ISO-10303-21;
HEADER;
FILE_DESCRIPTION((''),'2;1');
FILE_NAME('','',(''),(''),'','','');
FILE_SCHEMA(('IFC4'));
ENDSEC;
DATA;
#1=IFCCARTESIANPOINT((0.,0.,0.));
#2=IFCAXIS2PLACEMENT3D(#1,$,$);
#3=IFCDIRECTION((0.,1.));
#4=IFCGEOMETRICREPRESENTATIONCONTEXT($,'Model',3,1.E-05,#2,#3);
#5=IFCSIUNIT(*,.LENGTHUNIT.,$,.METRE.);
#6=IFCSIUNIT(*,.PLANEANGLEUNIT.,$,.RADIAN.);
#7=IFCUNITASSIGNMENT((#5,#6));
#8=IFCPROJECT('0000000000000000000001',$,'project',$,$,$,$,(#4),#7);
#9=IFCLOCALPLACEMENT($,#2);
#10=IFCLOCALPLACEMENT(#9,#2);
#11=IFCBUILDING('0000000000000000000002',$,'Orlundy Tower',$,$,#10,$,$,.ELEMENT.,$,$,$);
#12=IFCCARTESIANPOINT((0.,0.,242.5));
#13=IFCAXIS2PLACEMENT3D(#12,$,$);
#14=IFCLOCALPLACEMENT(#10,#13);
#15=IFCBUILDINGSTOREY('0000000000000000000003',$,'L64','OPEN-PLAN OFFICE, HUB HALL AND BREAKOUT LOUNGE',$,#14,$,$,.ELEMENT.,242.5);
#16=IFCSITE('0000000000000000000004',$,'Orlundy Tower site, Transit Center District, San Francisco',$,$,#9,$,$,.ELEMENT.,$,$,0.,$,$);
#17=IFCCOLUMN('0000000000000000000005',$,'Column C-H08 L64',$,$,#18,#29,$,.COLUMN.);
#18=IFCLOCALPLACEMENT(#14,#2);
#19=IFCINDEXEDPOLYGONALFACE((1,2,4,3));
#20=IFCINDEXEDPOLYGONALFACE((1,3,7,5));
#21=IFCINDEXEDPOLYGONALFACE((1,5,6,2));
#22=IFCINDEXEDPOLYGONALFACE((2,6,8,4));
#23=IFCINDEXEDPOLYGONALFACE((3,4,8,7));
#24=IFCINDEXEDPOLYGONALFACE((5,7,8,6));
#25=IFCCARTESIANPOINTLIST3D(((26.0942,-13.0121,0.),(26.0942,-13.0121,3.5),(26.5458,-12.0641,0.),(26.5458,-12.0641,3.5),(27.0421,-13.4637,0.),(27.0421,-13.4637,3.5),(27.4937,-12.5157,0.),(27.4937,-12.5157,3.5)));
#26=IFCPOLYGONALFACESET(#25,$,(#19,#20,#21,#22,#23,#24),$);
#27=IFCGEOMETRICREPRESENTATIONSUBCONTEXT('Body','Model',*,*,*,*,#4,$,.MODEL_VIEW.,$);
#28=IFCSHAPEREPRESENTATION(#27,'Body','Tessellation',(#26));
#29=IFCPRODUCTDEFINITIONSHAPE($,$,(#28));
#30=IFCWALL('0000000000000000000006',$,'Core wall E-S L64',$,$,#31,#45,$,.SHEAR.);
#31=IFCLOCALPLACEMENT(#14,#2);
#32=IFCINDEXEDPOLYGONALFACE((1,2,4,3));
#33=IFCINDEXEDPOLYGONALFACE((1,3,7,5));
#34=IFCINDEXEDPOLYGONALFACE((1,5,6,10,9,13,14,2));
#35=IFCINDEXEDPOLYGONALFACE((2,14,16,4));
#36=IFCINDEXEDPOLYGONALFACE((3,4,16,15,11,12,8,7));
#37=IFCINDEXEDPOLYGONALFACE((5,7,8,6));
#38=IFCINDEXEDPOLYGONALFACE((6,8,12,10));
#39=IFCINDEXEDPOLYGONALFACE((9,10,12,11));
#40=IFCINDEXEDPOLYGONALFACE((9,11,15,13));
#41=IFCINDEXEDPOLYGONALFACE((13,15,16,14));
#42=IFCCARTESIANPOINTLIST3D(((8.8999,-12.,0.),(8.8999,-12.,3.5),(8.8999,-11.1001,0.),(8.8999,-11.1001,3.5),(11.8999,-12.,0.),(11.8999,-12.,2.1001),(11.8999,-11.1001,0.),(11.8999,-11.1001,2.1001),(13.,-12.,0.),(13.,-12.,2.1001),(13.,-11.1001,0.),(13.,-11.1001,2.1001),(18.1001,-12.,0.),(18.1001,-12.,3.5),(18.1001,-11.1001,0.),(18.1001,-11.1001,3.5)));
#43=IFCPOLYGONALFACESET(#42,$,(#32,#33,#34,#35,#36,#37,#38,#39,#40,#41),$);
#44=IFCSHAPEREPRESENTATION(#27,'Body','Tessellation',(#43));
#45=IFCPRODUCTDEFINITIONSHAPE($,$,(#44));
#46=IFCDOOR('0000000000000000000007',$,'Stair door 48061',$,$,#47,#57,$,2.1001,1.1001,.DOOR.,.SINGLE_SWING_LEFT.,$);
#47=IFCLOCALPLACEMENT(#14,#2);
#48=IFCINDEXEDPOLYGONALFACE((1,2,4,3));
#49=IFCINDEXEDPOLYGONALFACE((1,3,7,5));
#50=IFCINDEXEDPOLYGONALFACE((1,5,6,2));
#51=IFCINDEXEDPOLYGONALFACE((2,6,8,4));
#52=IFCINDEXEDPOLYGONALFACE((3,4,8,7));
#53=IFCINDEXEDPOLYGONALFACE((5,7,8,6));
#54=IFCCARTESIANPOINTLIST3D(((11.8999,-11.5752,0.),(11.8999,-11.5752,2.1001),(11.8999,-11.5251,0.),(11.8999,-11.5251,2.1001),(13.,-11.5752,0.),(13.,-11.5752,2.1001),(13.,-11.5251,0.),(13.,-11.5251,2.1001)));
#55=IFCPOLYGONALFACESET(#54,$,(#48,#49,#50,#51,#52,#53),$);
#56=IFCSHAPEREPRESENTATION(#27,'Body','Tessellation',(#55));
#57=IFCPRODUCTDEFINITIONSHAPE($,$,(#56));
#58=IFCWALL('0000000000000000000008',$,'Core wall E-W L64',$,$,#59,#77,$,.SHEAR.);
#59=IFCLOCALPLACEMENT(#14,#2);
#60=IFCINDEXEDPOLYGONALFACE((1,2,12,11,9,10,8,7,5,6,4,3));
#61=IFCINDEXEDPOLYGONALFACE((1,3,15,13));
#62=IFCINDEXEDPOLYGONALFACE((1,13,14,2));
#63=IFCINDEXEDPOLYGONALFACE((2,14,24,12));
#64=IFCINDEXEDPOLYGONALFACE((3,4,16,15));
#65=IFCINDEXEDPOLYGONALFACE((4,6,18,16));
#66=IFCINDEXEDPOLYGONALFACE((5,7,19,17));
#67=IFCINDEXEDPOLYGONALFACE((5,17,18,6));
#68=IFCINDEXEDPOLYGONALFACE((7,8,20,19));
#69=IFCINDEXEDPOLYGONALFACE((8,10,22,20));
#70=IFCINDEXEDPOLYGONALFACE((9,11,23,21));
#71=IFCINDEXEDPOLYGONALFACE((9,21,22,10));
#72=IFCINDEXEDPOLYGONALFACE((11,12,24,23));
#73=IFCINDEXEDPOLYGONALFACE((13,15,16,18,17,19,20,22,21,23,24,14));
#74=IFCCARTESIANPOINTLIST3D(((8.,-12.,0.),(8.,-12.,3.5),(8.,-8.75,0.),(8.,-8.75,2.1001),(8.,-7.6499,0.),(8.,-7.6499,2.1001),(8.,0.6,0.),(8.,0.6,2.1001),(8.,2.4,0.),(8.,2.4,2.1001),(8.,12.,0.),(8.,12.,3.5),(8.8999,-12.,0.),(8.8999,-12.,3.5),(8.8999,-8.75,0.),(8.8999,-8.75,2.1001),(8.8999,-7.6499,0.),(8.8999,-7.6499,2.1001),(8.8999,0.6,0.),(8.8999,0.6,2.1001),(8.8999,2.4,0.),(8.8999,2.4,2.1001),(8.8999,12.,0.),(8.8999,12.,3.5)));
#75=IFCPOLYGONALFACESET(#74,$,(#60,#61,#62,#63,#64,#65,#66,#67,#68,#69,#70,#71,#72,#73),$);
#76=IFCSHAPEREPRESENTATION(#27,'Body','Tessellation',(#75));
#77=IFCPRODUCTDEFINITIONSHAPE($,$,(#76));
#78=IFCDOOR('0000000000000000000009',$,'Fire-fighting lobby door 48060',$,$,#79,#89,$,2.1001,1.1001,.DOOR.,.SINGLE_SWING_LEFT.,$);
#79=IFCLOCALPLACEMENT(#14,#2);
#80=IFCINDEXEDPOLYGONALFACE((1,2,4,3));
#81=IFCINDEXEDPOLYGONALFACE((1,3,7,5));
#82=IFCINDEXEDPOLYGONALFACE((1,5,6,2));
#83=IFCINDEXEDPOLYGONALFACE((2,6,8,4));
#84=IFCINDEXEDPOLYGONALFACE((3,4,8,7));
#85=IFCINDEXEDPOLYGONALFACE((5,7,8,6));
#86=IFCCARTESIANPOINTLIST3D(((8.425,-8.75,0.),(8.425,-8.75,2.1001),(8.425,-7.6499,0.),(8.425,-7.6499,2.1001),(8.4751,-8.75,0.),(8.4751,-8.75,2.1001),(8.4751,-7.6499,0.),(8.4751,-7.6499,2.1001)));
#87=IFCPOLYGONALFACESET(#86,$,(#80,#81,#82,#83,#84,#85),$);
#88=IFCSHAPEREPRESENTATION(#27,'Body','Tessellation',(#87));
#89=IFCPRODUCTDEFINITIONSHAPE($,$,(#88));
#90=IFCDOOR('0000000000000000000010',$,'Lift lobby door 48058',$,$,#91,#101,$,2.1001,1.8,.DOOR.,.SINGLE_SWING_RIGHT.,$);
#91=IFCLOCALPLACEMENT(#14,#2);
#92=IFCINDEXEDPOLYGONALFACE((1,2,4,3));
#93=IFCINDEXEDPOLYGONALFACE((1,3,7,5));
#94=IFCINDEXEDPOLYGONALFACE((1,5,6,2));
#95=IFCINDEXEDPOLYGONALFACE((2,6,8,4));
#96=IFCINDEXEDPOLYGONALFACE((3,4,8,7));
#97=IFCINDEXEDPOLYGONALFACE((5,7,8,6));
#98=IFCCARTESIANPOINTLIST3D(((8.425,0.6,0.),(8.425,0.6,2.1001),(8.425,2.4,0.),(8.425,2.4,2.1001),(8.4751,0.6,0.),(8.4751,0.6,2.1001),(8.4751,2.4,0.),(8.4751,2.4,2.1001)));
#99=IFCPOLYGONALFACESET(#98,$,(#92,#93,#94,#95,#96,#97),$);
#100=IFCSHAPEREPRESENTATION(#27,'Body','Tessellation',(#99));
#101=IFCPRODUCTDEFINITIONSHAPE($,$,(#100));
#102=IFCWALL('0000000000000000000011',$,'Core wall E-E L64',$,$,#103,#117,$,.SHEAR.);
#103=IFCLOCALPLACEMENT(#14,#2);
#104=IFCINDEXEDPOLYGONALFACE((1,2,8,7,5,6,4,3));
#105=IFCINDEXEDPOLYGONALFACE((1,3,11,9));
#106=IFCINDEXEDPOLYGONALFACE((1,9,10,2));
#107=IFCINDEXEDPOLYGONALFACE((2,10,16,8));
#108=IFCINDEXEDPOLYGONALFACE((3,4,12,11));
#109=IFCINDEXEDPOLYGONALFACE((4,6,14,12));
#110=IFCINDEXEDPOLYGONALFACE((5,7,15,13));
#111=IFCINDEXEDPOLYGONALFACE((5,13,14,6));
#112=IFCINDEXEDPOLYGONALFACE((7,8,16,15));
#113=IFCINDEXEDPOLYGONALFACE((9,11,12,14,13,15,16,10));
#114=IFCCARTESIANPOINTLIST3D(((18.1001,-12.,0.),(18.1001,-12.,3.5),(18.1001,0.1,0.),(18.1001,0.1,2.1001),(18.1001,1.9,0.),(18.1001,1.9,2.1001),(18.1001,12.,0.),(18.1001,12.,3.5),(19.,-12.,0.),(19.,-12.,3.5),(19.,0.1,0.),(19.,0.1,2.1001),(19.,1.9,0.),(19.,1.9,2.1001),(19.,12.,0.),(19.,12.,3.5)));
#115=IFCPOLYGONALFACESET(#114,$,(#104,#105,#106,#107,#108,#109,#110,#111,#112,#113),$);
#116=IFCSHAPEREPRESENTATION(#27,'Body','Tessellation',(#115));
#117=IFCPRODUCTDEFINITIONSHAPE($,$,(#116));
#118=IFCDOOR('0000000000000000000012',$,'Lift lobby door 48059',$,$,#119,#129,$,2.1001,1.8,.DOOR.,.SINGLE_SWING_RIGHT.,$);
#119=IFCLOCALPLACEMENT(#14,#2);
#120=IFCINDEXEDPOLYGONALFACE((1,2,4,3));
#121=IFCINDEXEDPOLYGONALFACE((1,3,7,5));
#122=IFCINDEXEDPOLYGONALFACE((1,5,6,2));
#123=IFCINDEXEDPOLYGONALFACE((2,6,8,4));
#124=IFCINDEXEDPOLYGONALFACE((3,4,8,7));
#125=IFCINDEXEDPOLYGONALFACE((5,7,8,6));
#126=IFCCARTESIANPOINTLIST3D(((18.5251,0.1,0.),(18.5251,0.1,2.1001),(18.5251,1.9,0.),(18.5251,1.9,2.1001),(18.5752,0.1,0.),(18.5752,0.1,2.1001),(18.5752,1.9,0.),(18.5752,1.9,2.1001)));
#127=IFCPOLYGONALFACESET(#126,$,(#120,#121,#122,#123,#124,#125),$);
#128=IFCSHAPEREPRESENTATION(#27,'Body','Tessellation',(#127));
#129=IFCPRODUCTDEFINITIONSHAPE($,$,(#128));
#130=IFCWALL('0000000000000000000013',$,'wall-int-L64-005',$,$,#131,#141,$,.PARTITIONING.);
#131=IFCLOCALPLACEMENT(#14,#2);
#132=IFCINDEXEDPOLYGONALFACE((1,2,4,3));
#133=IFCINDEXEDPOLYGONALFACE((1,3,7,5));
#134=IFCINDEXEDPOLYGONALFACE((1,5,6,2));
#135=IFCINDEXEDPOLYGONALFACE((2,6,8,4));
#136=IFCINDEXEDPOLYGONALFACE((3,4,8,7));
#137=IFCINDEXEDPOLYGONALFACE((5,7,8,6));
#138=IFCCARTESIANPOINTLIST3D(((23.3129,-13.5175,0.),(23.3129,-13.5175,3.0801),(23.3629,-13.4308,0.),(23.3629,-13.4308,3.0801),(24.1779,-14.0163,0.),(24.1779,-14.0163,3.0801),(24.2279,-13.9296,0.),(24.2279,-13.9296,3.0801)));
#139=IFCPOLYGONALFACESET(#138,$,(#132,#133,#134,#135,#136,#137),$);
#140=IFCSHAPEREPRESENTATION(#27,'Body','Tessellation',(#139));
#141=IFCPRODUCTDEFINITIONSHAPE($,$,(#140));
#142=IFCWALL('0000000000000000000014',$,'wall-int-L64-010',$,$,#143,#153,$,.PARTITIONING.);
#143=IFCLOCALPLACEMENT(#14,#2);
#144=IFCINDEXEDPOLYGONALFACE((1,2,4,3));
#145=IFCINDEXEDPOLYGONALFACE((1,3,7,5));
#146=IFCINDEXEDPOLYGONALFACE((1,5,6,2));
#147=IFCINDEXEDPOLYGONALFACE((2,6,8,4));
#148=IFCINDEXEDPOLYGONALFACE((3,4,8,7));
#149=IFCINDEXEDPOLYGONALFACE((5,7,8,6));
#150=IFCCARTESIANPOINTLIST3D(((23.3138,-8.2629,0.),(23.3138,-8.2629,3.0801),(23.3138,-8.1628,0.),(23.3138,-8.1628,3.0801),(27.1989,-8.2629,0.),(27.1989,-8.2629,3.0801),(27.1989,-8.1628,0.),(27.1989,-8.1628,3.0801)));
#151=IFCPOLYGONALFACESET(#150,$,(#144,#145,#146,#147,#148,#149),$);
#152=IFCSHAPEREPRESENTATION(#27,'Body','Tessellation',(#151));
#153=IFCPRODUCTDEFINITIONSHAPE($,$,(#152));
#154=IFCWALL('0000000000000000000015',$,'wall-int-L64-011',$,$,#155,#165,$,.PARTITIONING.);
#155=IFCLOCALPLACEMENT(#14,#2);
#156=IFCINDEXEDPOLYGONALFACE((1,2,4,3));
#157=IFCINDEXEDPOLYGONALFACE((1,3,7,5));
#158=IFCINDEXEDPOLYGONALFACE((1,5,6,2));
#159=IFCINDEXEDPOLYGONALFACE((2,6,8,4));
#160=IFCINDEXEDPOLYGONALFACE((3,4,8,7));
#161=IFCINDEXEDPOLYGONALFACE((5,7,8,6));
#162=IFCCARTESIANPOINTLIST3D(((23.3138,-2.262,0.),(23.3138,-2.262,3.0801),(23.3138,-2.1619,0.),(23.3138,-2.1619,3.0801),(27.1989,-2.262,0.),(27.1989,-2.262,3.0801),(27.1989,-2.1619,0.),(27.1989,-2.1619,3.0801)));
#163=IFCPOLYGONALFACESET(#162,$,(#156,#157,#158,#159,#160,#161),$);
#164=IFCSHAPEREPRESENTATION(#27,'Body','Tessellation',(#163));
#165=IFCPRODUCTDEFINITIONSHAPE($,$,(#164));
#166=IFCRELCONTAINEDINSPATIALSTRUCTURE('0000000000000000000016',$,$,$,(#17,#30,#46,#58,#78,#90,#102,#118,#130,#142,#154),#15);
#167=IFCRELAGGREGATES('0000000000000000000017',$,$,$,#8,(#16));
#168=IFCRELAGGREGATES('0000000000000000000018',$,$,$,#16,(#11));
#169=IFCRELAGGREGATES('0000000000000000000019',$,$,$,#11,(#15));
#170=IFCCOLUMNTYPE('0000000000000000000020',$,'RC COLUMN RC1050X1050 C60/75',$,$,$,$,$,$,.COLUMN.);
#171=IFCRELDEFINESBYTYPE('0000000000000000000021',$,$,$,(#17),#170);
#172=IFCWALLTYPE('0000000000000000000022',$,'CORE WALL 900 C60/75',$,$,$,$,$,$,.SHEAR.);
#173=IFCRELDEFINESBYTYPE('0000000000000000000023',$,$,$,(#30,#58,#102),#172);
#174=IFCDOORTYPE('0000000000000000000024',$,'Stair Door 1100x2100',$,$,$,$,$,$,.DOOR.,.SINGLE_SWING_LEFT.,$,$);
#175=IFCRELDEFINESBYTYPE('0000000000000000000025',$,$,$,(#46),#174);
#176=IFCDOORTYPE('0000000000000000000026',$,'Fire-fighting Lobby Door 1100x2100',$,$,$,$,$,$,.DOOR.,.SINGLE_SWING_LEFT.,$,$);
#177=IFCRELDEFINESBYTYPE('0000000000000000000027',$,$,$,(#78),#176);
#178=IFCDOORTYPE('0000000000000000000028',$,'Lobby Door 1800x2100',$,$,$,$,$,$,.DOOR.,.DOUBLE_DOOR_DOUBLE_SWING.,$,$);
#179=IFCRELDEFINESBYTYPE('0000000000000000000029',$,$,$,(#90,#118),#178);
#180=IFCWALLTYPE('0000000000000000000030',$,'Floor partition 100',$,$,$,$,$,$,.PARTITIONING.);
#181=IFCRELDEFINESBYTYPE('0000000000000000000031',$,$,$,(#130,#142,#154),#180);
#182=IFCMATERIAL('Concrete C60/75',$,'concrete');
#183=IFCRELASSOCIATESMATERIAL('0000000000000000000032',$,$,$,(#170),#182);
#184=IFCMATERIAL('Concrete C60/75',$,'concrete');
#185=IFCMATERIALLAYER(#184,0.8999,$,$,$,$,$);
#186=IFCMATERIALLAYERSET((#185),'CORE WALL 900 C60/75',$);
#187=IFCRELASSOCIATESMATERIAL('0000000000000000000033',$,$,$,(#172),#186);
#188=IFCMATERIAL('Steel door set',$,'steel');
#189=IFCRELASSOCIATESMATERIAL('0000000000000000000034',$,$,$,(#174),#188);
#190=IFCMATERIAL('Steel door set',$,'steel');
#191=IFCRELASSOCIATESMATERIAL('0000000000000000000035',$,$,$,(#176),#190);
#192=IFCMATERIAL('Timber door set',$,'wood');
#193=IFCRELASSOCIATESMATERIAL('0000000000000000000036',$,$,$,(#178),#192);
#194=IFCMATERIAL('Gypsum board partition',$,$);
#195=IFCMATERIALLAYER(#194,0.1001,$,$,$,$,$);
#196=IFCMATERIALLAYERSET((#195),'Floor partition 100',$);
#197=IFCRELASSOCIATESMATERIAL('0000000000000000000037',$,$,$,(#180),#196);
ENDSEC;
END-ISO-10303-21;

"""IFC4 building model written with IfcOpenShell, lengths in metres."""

from ifc_helpers import new_model, si_unit, direction, frame, frame_2d, origin, origin_2d, place, context, subcontext, project, spatial, rectangle, extrude, material, layer, layer_set, material_profile, profile_set, type_object, element, fill, save


model = new_model("IFC4")

# Units and contexts
model_context = context("Model", 3, precision=1e-05, world=origin(), true_north=direction((0.0, 1.0)))
body_context = subcontext(model_context, "Body", "Model", "MODEL_VIEW")
ifc_project = project(units=[si_unit("LENGTHUNIT", "METRE"), si_unit("PLANEANGLEUNIT", "RADIAN")], contexts=[model_context])

# Site, building, storey
site_placement = place(None, origin())
site = spatial("IfcSite", under=ifc_project, at=site_placement, Name="Orlundy Tower site, Transit Center District, San Francisco", CompositionType="ELEMENT", RefElevation=0.0)
building_placement = place(site_placement, origin())
building = spatial("IfcBuilding", under=site, at=building_placement, Name="Orlundy Tower", CompositionType="ELEMENT")
storey_placement = place(building_placement, frame((0.0, 0.0, 242.5)))
storey = spatial("IfcBuildingStorey", under=building, at=storey_placement, Name="L64", Description="OPEN-PLAN OFFICE, HUB HALL AND BREAKOUT LOUNGE", CompositionType="ELEMENT", Elevation=242.5)

# Column
ifc_material_1 = material(Name="Concrete C60/75", Category="concrete")
ifc_material_profile = material_profile(ifc_material_1, rectangle(XDim=1.05, YDim=1.05, at=origin_2d()), Name="RC1050X1050")
ifc_profile_set = profile_set([ifc_material_profile], Name="Concrete C60/75")
column_type = type_object("IfcColumnType", Name="RC COLUMN RC1050X1050 C60/75", PredefinedType="COLUMN", material=ifc_profile_set)
column_placement = place(storey_placement, frame((26.7939, -12.7639, 0.0), z_axis=(0.0, 0.0, 1.0), x_axis=(0.902796, -0.43007, 0.0)))
element("IfcColumn", 1, at=column_placement, inside=storey, type_object=column_type, Name="Column C-H08 L64", PredefinedType="COLUMN", context=body_context, shape_type="SweptSolid", body=[
    extrude(rectangle(XDim=1.05, YDim=1.05, at=origin_2d()), origin(), (0.0, 0.0, 1.0), 3.5),
])

# Wall, opening, door
ifc_material_2 = material(Name="Concrete C60/75", Category="concrete")
ifc_layer_1 = layer(ifc_material_2, 0.8999)
ifc_layer_set_1 = layer_set([ifc_layer_1], Name="CORE WALL 900 C60/75")
wall_type_1 = type_object("IfcWallType", Name="CORE WALL 900 C60/75", PredefinedType="SHEAR", material=ifc_layer_set_1)
wall_1_placement = place(storey_placement, frame((8.8999, -11.55, 0.0), z_axis=(0.0, 0.0, 1.0), x_axis=(1.0, 0.0, 0.0)))
wall_1 = element("IfcWall", 2, at=wall_1_placement, inside=storey, type_object=wall_type_1, Name="Core wall E-S L64", PredefinedType="SHEAR", context=body_context, shape_type="SweptSolid", body=[
    extrude(rectangle(XDim=9.2002, YDim=0.8999, at=frame_2d((4.6001, 0.0))), origin(), (0.0, 0.0, 1.0), 3.5),
])
opening_1_placement = place(wall_1_placement, frame((3.0, 0.0, 0.0)))
opening_1 = element("IfcOpeningElement", 3, at=opening_1_placement, cuts=wall_1, PredefinedType="OPENING", context=body_context, shape_type="SweptSolid", body=[
    extrude(rectangle(XDim=1.1001, YDim=2.1001, at=frame_2d((0.55, 1.05))), frame((0.0, 0.46, 0.0), z_axis=(0.0, -1.0, 0.0), x_axis=(1.0, 0.0, 0.0)), (0.0, 0.0, 1.0), 0.9199),
])
ifc_material_3 = material(Name="Steel door set", Category="steel")
door_type_1 = type_object("IfcDoorType", Name="Stair Door 1100x2100", OperationType="SINGLE_SWING_LEFT", PredefinedType="DOOR", material=ifc_material_3)
door_1_placement = place(opening_1_placement, origin())
door_1 = element("IfcDoor", 4, at=door_1_placement, inside=storey, type_object=door_type_1, Name="Stair door 48061", OperationType="SINGLE_SWING_LEFT", OverallHeight=2.1001, OverallWidth=1.1001, PredefinedType="DOOR", context=body_context, shape_type="SweptSolid", body=[
    extrude(rectangle(XDim=1.1001, YDim=2.1001, at=frame_2d((0.55, 1.05))), frame((0.0, 0.0249, 0.0), z_axis=(0.0, -1.0, 0.0), x_axis=(1.0, 0.0, 0.0)), (0.0, 0.0, 1.0), 0.05),
])
fill(opening_1, door_1)

# Wall, openings, doors
wall_2_placement = place(storey_placement, frame((8.45, -12.0, 0.0), z_axis=(0.0, 0.0, 1.0), x_axis=(0.0, 1.0, 0.0)))
wall_2 = element("IfcWall", 5, at=wall_2_placement, inside=storey, type_object=wall_type_1, Name="Core wall E-W L64", PredefinedType="SHEAR", context=body_context, shape_type="SweptSolid", body=[
    extrude(rectangle(XDim=24.0, YDim=0.8999, at=frame_2d((12.0, 0.0))), origin(), (0.0, 0.0, 1.0), 3.5),
])
opening_2_placement = place(wall_2_placement, frame((12.6001, 0.0, 0.0)))
opening_2 = element("IfcOpeningElement", 6, at=opening_2_placement, cuts=wall_2, PredefinedType="OPENING", context=body_context, shape_type="SweptSolid", body=[
    extrude(rectangle(XDim=1.8, YDim=2.1001, at=frame_2d((0.8999, 1.05))), frame((0.0, 0.46, 0.0), z_axis=(0.0, -1.0, 0.0), x_axis=(1.0, 0.0, 0.0)), (0.0, 0.0, 1.0), 0.9199),
])
opening_3_placement = place(wall_2_placement, frame((3.25, 0.0, 0.0)))
opening_3 = element("IfcOpeningElement", 7, at=opening_3_placement, cuts=wall_2, PredefinedType="OPENING", context=body_context, shape_type="SweptSolid", body=[
    extrude(rectangle(XDim=1.1001, YDim=2.1001, at=frame_2d((0.55, 1.05))), frame((0.0, 0.46, 0.0), z_axis=(0.0, -1.0, 0.0), x_axis=(1.0, 0.0, 0.0)), (0.0, 0.0, 1.0), 0.9199),
])
ifc_material_4 = material(Name="Steel door set", Category="steel")
door_type_2 = type_object("IfcDoorType", Name="Fire-fighting Lobby Door 1100x2100", OperationType="SINGLE_SWING_LEFT", PredefinedType="DOOR", material=ifc_material_4)
door_2_placement = place(opening_3_placement, origin())
door_2 = element("IfcDoor", 8, at=door_2_placement, inside=storey, type_object=door_type_2, Name="Fire-fighting lobby door 48060", OperationType="SINGLE_SWING_LEFT", OverallHeight=2.1001, OverallWidth=1.1001, PredefinedType="DOOR", context=body_context, shape_type="SweptSolid", body=[
    extrude(rectangle(XDim=1.1001, YDim=2.1001, at=frame_2d((0.55, 1.05))), frame((0.0, 0.0249, 0.0), z_axis=(0.0, -1.0, 0.0), x_axis=(1.0, 0.0, 0.0)), (0.0, 0.0, 1.0), 0.05),
])
fill(opening_3, door_2)
ifc_material_5 = material(Name="Timber door set", Category="wood")
door_type_3 = type_object("IfcDoorType", Name="Lobby Door 1800x2100", OperationType="DOUBLE_DOOR_DOUBLE_SWING", PredefinedType="DOOR", material=ifc_material_5)
door_3_placement = place(opening_2_placement, origin())
door_3 = element("IfcDoor", 9, at=door_3_placement, inside=storey, type_object=door_type_3, Name="Lift lobby door 48058", OperationType="SINGLE_SWING_RIGHT", OverallHeight=2.1001, OverallWidth=1.8, PredefinedType="DOOR", context=body_context, shape_type="SweptSolid", body=[
    extrude(rectangle(XDim=1.8, YDim=2.1001, at=frame_2d((0.8999, 1.05))), frame((0.0, 0.0249, 0.0), z_axis=(0.0, -1.0, 0.0), x_axis=(1.0, 0.0, 0.0)), (0.0, 0.0, 1.0), 0.05),
])
fill(opening_2, door_3)

# Wall, opening, door
wall_3_placement = place(storey_placement, frame((18.55, -12.0, 0.0), z_axis=(0.0, 0.0, 1.0), x_axis=(0.0, 1.0, 0.0)))
wall_3 = element("IfcWall", 10, at=wall_3_placement, inside=storey, type_object=wall_type_1, Name="Core wall E-E L64", PredefinedType="SHEAR", context=body_context, shape_type="SweptSolid", body=[
    extrude(rectangle(XDim=24.0, YDim=0.8999, at=frame_2d((12.0, 0.0))), origin(), (0.0, 0.0, 1.0), 3.5),
])
opening_4_placement = place(wall_3_placement, frame((12.1001, 0.0, 0.0)))
opening_4 = element("IfcOpeningElement", 11, at=opening_4_placement, cuts=wall_3, PredefinedType="OPENING", context=body_context, shape_type="SweptSolid", body=[
    extrude(rectangle(XDim=1.8, YDim=2.1001, at=frame_2d((0.8999, 1.05))), frame((0.0, 0.46, 0.0), z_axis=(0.0, -1.0, 0.0), x_axis=(1.0, 0.0, 0.0)), (0.0, 0.0, 1.0), 0.9199),
])
door_4_placement = place(opening_4_placement, origin())
door_4 = element("IfcDoor", 12, at=door_4_placement, inside=storey, type_object=door_type_3, Name="Lift lobby door 48059", OperationType="SINGLE_SWING_RIGHT", OverallHeight=2.1001, OverallWidth=1.8, PredefinedType="DOOR", context=body_context, shape_type="SweptSolid", body=[
    extrude(rectangle(XDim=1.8, YDim=2.1001, at=frame_2d((0.8999, 1.05))), frame((0.0, 0.0249, 0.0), z_axis=(0.0, -1.0, 0.0), x_axis=(1.0, 0.0, 0.0)), (0.0, 0.0, 1.0), 0.05),
])
fill(opening_4, door_4)

# Walls
ifc_material_6 = material(Name="Gypsum board partition")
ifc_layer_2 = layer(ifc_material_6, 0.1001)
ifc_layer_set_2 = layer_set([ifc_layer_2], Name="Floor partition 100")
wall_type_2 = type_object("IfcWallType", Name="Floor partition 100", PredefinedType="PARTITIONING", material=ifc_layer_set_2)
wall_4_placement = place(storey_placement, frame((23.3379, -13.4741, 0.0), z_axis=(0.0, 0.0, 1.0), x_axis=(0.866295, -0.499532, 0.0)))
element("IfcWall", 13, at=wall_4_placement, inside=storey, type_object=wall_type_2, Name="wall-int-L64-005", PredefinedType="PARTITIONING", context=body_context, shape_type="SweptSolid", body=[
    extrude(rectangle(XDim=0.9985, YDim=0.1001, at=frame_2d((0.4993, 0.0))), origin(), (0.0, 0.0, 1.0), 3.0801),
])
for number, where, z_axis, x_axis, name in (
    (14, (23.314, -8.2129, 0.0), (0.0, 0.0, 1.0), (1.0, 0.0, 0.0), "wall-int-L64-010"),
    (15, (23.314, -2.2119, 0.0), (0.0, 0.0, 1.0), (1.0, 0.0, 0.0), "wall-int-L64-011"),
):
    element("IfcWall", number, at=place(storey_placement, frame(where, z_axis=z_axis, x_axis=x_axis)), inside=storey, type_object=wall_type_2, Name=name, PredefinedType="PARTITIONING", context=body_context, shape_type="SweptSolid", body=[
        extrude(rectangle(XDim=3.885, YDim=0.1001, at=frame_2d((1.9424, 0.0))), origin(), (0.0, 0.0, 1.0), 3.0801),
    ])

save(model, "model.ifc")
